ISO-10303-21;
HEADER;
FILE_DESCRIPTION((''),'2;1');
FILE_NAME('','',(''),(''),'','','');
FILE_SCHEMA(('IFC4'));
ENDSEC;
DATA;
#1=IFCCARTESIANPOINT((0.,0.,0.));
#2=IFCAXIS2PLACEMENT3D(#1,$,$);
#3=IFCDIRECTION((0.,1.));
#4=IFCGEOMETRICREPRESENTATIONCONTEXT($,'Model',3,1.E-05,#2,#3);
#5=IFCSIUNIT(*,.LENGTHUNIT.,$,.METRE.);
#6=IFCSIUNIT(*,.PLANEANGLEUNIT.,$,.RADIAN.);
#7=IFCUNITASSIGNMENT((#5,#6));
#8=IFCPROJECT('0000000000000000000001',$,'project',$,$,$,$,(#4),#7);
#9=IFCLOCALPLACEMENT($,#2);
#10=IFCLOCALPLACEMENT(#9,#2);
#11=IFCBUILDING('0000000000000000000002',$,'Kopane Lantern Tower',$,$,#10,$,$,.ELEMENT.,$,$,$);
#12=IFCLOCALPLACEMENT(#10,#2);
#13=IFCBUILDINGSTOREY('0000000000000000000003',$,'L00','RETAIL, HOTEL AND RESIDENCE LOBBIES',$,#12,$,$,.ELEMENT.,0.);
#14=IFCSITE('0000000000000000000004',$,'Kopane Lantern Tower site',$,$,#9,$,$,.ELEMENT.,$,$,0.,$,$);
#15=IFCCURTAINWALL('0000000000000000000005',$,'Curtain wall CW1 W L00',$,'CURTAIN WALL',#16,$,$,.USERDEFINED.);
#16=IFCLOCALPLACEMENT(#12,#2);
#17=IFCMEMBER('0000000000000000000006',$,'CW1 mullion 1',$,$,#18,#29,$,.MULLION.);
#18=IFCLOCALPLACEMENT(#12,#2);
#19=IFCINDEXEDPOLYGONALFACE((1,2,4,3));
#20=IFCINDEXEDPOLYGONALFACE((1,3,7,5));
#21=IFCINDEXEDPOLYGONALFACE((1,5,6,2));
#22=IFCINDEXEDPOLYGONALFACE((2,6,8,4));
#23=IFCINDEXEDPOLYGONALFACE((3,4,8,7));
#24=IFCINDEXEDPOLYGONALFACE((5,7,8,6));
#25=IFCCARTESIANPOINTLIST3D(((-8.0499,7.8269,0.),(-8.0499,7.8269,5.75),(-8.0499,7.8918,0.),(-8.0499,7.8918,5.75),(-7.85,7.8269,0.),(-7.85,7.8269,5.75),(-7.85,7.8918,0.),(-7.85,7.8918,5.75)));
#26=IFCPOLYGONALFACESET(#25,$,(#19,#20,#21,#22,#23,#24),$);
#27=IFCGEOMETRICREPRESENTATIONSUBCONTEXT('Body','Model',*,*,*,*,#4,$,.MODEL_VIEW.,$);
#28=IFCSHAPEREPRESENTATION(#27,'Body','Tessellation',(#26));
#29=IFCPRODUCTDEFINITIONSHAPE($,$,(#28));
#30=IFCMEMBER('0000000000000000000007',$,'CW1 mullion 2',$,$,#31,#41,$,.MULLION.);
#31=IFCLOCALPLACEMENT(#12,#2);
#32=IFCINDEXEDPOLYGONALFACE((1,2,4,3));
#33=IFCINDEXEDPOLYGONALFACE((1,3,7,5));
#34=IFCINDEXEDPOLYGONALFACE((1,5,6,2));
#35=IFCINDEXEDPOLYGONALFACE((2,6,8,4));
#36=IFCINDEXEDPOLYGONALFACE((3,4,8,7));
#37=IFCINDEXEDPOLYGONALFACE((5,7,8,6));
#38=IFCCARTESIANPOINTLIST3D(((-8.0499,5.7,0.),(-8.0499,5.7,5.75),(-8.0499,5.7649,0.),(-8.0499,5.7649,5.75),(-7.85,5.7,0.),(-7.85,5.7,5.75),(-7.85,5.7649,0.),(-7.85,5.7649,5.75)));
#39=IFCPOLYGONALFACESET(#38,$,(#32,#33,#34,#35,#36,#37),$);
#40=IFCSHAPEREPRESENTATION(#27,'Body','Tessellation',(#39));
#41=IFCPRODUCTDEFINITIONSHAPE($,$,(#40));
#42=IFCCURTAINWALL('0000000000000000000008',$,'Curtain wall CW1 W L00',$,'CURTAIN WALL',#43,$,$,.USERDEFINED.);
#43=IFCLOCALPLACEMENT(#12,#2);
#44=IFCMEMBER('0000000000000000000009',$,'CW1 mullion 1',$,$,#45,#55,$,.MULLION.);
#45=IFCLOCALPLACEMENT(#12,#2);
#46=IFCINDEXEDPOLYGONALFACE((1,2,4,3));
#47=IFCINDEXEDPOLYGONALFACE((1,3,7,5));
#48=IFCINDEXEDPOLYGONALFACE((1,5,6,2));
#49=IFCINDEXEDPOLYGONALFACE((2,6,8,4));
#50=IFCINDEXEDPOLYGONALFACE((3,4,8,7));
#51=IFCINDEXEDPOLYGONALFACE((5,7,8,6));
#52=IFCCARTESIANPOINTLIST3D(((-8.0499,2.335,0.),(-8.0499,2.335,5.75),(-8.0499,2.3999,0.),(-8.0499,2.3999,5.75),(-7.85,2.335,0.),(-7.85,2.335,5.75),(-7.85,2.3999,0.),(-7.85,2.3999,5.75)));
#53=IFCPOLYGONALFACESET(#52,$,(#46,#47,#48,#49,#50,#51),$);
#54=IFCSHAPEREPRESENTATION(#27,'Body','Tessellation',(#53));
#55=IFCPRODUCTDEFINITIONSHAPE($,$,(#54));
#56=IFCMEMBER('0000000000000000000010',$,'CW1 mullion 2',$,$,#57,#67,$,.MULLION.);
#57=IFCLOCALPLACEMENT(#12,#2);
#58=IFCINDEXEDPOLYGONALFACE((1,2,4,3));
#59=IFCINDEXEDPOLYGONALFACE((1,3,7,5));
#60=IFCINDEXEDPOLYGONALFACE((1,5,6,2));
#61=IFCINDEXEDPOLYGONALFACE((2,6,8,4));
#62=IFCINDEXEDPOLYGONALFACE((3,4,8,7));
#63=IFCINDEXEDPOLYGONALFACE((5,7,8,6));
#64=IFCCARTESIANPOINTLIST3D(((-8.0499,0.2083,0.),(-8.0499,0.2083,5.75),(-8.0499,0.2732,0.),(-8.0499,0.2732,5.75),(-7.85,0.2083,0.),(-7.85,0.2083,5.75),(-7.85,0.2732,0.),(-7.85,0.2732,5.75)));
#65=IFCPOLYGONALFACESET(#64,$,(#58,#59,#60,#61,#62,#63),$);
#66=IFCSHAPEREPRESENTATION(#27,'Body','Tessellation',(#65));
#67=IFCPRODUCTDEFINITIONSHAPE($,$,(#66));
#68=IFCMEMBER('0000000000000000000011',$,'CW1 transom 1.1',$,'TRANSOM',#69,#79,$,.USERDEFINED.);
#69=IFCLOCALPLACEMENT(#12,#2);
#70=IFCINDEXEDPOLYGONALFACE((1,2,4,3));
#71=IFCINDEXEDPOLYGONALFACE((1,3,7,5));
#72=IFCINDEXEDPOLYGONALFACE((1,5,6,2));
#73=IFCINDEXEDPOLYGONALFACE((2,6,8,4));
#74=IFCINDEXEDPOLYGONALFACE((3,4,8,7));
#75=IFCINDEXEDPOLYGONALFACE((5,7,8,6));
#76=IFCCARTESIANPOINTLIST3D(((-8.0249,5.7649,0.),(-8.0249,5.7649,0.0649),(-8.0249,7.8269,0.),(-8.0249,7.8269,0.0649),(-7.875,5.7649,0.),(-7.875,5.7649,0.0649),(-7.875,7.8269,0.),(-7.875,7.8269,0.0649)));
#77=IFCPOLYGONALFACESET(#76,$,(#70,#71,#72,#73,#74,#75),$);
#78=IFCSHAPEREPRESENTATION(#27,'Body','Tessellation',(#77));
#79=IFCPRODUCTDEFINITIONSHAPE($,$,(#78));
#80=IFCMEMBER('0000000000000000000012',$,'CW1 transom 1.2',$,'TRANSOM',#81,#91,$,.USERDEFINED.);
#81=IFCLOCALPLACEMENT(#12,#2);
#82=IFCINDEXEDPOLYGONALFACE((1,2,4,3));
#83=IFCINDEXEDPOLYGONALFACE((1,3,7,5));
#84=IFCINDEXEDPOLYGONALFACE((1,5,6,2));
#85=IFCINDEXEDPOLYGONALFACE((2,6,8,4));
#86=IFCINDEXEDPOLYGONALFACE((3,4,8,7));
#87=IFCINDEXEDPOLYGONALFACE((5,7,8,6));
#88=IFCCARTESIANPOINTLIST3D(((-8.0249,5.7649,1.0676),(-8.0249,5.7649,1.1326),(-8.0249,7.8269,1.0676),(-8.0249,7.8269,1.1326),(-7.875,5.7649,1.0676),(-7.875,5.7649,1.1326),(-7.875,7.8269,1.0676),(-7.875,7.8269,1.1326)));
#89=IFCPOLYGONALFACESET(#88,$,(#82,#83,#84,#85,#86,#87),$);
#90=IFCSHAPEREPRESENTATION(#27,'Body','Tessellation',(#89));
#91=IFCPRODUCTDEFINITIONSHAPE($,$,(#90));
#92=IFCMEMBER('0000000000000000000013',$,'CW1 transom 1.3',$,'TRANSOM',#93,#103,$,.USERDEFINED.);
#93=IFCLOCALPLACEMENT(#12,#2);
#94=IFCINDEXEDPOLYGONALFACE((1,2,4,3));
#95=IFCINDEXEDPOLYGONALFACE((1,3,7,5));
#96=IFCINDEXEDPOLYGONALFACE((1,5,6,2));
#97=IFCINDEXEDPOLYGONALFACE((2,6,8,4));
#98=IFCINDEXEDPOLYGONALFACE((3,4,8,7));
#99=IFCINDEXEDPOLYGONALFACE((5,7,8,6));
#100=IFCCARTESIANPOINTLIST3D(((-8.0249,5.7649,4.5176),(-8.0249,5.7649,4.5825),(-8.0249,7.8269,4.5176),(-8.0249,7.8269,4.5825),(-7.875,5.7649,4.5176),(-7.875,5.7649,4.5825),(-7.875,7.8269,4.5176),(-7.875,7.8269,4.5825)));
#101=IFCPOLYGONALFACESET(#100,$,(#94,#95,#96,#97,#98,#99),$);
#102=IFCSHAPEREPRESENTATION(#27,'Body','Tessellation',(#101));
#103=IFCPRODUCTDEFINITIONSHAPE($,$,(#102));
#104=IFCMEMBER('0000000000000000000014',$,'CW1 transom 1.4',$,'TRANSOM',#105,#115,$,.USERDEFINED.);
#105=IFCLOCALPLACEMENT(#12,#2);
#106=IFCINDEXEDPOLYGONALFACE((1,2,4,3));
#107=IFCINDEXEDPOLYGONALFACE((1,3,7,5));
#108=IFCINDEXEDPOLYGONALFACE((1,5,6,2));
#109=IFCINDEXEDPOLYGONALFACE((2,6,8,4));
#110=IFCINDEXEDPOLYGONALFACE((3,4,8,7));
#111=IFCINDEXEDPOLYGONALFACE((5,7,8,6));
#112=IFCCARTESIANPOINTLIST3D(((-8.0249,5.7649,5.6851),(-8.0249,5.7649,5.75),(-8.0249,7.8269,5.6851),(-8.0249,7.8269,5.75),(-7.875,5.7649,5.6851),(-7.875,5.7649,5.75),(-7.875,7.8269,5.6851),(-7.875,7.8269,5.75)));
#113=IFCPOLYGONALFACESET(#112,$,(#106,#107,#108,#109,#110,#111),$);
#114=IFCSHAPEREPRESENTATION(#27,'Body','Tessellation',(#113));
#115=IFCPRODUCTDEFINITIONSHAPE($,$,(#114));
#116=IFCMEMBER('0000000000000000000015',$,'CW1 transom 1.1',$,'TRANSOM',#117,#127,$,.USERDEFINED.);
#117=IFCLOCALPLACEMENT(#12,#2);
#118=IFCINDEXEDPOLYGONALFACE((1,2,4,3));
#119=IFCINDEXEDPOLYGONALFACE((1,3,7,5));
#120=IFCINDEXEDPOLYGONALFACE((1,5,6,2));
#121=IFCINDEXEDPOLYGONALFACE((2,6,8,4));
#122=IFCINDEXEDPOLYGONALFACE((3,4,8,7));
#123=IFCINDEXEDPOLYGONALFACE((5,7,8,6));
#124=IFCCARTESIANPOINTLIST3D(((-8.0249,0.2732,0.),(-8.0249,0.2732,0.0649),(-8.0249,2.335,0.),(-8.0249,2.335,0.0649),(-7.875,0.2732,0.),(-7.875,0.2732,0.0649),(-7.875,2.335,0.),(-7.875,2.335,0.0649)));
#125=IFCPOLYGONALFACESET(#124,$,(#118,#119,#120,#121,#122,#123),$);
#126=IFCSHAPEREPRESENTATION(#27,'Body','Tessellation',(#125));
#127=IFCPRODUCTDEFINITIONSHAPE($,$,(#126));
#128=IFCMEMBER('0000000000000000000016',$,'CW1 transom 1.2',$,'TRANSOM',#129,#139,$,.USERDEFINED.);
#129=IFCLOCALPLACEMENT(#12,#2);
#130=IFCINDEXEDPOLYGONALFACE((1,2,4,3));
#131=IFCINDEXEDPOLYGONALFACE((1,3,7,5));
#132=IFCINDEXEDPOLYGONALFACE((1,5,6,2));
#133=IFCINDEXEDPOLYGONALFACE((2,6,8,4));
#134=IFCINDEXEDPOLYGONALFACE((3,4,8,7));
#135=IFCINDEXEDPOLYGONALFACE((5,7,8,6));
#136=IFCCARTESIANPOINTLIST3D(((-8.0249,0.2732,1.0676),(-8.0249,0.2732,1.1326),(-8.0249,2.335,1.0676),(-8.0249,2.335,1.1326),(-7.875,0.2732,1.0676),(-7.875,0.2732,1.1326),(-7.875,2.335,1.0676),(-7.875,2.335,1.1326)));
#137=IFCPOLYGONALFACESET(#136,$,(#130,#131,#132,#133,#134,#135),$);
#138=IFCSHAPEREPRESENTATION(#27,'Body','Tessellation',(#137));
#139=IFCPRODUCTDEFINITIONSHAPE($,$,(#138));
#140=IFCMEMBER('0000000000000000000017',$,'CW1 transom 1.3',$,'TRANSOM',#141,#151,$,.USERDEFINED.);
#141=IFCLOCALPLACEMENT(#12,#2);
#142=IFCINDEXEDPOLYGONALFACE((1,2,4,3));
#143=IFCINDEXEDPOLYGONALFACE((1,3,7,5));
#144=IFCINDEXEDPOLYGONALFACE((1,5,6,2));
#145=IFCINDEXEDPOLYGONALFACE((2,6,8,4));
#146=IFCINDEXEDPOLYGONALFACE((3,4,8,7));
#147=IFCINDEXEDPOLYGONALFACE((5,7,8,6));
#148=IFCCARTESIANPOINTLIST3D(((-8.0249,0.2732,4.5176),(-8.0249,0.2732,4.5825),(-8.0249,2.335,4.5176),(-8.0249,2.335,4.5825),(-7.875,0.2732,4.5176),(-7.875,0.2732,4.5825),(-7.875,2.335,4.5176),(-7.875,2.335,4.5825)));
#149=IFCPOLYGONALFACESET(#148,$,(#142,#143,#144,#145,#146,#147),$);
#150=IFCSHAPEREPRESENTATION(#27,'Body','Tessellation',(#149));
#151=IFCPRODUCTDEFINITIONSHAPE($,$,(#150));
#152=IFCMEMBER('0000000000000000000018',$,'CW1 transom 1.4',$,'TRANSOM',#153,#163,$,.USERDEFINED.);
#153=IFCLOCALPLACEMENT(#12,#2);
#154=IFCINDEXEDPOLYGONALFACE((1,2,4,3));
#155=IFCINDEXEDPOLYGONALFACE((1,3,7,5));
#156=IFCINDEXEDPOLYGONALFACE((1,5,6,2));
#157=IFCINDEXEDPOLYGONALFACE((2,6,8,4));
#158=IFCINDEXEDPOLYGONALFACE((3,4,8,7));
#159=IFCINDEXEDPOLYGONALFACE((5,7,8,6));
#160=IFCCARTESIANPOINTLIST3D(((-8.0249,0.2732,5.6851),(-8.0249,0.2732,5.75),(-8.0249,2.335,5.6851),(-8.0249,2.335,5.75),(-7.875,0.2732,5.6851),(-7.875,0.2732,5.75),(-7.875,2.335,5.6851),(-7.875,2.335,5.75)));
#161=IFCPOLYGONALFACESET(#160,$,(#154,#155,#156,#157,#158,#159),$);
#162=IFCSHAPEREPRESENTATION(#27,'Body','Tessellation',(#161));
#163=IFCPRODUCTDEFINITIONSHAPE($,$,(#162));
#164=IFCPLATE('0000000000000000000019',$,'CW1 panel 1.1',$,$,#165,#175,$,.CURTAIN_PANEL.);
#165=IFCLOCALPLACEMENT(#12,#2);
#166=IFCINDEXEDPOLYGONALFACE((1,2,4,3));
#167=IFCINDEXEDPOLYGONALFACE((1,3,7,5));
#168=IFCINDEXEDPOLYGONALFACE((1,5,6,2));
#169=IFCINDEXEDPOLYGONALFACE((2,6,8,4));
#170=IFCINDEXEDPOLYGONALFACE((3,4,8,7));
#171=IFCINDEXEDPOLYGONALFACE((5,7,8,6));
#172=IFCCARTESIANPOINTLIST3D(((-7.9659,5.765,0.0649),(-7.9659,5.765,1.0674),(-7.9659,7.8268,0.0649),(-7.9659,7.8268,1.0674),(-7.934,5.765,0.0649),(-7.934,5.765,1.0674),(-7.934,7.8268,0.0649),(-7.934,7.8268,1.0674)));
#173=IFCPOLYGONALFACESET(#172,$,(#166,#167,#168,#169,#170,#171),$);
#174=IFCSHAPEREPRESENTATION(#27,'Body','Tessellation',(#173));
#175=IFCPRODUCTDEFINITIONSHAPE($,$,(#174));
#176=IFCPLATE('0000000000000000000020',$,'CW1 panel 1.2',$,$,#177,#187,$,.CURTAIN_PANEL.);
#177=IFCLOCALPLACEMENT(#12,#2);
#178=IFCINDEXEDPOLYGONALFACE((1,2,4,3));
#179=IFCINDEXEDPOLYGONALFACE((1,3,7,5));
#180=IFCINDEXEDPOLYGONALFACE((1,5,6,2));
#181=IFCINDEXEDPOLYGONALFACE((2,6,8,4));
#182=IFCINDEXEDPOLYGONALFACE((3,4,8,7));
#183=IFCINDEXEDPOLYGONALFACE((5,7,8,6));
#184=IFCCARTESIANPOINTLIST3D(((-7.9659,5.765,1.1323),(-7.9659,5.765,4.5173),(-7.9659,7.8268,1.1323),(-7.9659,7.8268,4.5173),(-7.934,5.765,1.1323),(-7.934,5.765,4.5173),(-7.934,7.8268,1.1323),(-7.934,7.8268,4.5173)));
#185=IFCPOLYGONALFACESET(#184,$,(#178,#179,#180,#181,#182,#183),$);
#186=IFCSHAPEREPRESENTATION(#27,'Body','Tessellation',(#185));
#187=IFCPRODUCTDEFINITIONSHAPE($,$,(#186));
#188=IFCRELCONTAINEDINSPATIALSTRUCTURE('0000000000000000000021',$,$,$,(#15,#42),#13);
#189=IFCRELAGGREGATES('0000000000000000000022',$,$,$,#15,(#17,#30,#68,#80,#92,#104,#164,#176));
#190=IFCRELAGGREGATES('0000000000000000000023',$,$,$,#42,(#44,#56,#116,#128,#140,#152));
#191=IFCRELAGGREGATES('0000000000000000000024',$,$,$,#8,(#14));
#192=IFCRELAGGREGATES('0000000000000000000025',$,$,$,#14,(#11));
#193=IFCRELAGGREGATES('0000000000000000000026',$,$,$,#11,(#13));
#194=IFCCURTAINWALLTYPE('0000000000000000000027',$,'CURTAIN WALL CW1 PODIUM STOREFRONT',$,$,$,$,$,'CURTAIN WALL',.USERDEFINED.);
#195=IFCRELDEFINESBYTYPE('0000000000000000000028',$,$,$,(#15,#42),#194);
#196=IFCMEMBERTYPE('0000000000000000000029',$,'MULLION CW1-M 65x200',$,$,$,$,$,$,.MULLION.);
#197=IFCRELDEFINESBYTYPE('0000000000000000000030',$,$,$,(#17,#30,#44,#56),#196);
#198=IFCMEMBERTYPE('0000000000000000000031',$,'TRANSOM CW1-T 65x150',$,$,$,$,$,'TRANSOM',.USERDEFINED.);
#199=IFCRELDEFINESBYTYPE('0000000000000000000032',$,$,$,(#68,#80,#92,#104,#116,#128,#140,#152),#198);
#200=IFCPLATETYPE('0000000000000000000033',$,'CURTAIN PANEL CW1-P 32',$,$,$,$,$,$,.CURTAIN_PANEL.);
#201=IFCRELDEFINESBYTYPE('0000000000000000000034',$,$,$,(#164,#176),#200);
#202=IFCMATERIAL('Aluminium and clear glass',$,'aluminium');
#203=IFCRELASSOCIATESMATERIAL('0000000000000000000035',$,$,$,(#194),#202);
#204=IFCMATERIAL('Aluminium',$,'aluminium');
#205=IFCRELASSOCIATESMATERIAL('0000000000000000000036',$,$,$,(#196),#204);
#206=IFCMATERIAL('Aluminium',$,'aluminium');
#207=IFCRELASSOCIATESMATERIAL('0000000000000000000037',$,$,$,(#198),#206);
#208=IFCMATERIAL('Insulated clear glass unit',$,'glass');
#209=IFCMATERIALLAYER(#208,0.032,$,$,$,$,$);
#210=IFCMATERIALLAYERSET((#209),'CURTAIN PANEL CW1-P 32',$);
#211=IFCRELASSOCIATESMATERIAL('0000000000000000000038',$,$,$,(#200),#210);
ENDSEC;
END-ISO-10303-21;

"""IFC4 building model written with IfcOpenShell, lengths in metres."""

from ifc_helpers import new_model, si_unit, direction, frame, origin, origin_2d, place, context, subcontext, project, spatial, rectangle, extrude, material, layer, layer_set, material_profile, profile_set, type_object, element, aggregate, save


model = new_model("IFC4")

# Units and contexts
model_context = context("Model", 3, precision=1e-05, world=origin(), true_north=direction((0.0, 1.0)))
body_context = subcontext(model_context, "Body", "Model", "MODEL_VIEW")
ifc_project = project(units=[si_unit("LENGTHUNIT", "METRE"), si_unit("PLANEANGLEUNIT", "RADIAN")], contexts=[model_context])

# Site, building, storey
site_placement = place(None, origin())
site = spatial("IfcSite", under=ifc_project, at=site_placement, Name="Kopane Lantern Tower site", CompositionType="ELEMENT", RefElevation=0.0)
building_placement = place(site_placement, origin())
building = spatial("IfcBuilding", under=site, at=building_placement, Name="Kopane Lantern Tower", CompositionType="ELEMENT")
storey_placement = place(building_placement, origin())
storey = spatial("IfcBuildingStorey", under=building, at=storey_placement, Name="L00", Description="RETAIL, HOTEL AND RESIDENCE LOBBIES", CompositionType="ELEMENT", Elevation=0.0)

# Curtain walls, members
ifc_material_1 = material(Name="Aluminium and clear glass", Category="aluminium")
curtain_wall_type = type_object("IfcCurtainWallType", Name="CURTAIN WALL CW1 PODIUM STOREFRONT", ElementType="CURTAIN WALL", PredefinedType="USERDEFINED", material=ifc_material_1)
curtain_wall_1_placement = place(storey_placement, origin())
curtain_wall_1 = element("IfcCurtainWall", 1, at=curtain_wall_1_placement, inside=storey, type_object=curtain_wall_type, Name="Curtain wall CW1 W L00", ObjectType="CURTAIN WALL", PredefinedType="USERDEFINED")
ifc_material_2 = material(Name="Aluminium", Category="aluminium")
ifc_material_profile_1 = material_profile(ifc_material_2, rectangle(XDim=0.0649, YDim=0.2, at=origin_2d()), Name="AL 65x200")
ifc_profile_set_1 = profile_set([ifc_material_profile_1], Name="Aluminium")
member_type_1 = type_object("IfcMemberType", Name="MULLION CW1-M 65x200", PredefinedType="MULLION", material=ifc_profile_set_1)
member_1_placement = place(storey_placement, frame((-7.95, 7.8594, 0.0), z_axis=(0.0, 0.0, 1.0), x_axis=(0.0, -1.0, 0.0)))
member_1 = element("IfcMember", 2, at=member_1_placement, type_object=member_type_1, Name="CW1 mullion 1", PredefinedType="MULLION", context=body_context, shape_type="SweptSolid", body=[
    extrude(rectangle(XDim=0.0649, YDim=0.2, at=origin_2d()), origin(), (0.0, 0.0, 1.0), 5.75),
])
member_2_placement = place(storey_placement, frame((-7.95, 5.7324, 0.0), z_axis=(0.0, 0.0, 1.0), x_axis=(0.0, -1.0, 0.0)))
member_2 = element("IfcMember", 3, at=member_2_placement, type_object=member_type_1, Name="CW1 mullion 2", PredefinedType="MULLION", context=body_context, shape_type="SweptSolid", body=[
    extrude(rectangle(XDim=0.0649, YDim=0.2, at=origin_2d()), origin(), (0.0, 0.0, 1.0), 5.75),
])
curtain_wall_2_placement = place(storey_placement, origin())
curtain_wall_2 = element("IfcCurtainWall", 4, at=curtain_wall_2_placement, inside=storey, type_object=curtain_wall_type, Name="Curtain wall CW1 W L00", ObjectType="CURTAIN WALL", PredefinedType="USERDEFINED")
member_3_placement = place(storey_placement, frame((-7.95, 2.3674, 0.0), z_axis=(0.0, 0.0, 1.0), x_axis=(0.0, -1.0, 0.0)))
member_3 = element("IfcMember", 5, at=member_3_placement, type_object=member_type_1, Name="CW1 mullion 1", PredefinedType="MULLION", context=body_context, shape_type="SweptSolid", body=[
    extrude(rectangle(XDim=0.0649, YDim=0.2, at=origin_2d()), origin(), (0.0, 0.0, 1.0), 5.75),
])
member_4_placement = place(storey_placement, frame((-7.95, 0.2407, 0.0), z_axis=(0.0, 0.0, 1.0), x_axis=(0.0, -1.0, 0.0)))
member_4 = element("IfcMember", 6, at=member_4_placement, type_object=member_type_1, Name="CW1 mullion 2", PredefinedType="MULLION", context=body_context, shape_type="SweptSolid", body=[
    extrude(rectangle(XDim=0.0649, YDim=0.2, at=origin_2d()), origin(), (0.0, 0.0, 1.0), 5.75),
])

# Members
ifc_material_3 = material(Name="Aluminium", Category="aluminium")
ifc_material_profile_2 = material_profile(ifc_material_3, rectangle(XDim=0.1499, YDim=0.0649, at=origin_2d()), Name="AL 150x65")
ifc_profile_set_2 = profile_set([ifc_material_profile_2], Name="Aluminium")
member_type_2 = type_object("IfcMemberType", Name="TRANSOM CW1-T 65x150", ElementType="TRANSOM", PredefinedType="USERDEFINED", material=ifc_profile_set_2)
member_5_placement = place(storey_placement, frame((-7.95, 7.8269, 0.0325), z_axis=(0.0, -1.0, 0.0), x_axis=(1.0, 0.0, 0.0)))
member_5 = element("IfcMember", 7, at=member_5_placement, type_object=member_type_2, Name="CW1 transom 1.1", ObjectType="TRANSOM", PredefinedType="USERDEFINED", context=body_context, shape_type="SweptSolid", body=[
    extrude(rectangle(XDim=0.1499, YDim=0.0649, at=origin_2d()), origin(), (0.0, 0.0, 1.0), 2.062),
])
member_6_placement = place(storey_placement, frame((-7.95, 7.8269, 1.1001), z_axis=(0.0, -1.0, 0.0), x_axis=(1.0, 0.0, 0.0)))
member_6 = element("IfcMember", 8, at=member_6_placement, type_object=member_type_2, Name="CW1 transom 1.2", ObjectType="TRANSOM", PredefinedType="USERDEFINED", context=body_context, shape_type="SweptSolid", body=[
    extrude(rectangle(XDim=0.1499, YDim=0.0649, at=origin_2d()), origin(), (0.0, 0.0, 1.0), 2.062),
])
member_7_placement = place(storey_placement, frame((-7.95, 7.8269, 4.55), z_axis=(0.0, -1.0, 0.0), x_axis=(1.0, 0.0, 0.0)))
member_7 = element("IfcMember", 9, at=member_7_placement, type_object=member_type_2, Name="CW1 transom 1.3", ObjectType="TRANSOM", PredefinedType="USERDEFINED", context=body_context, shape_type="SweptSolid", body=[
    extrude(rectangle(XDim=0.1499, YDim=0.0649, at=origin_2d()), origin(), (0.0, 0.0, 1.0), 2.062),
])
member_8_placement = place(storey_placement, frame((-7.95, 7.8269, 5.7175), z_axis=(0.0, -1.0, 0.0), x_axis=(1.0, 0.0, 0.0)))
member_8 = element("IfcMember", 10, at=member_8_placement, type_object=member_type_2, Name="CW1 transom 1.4", ObjectType="TRANSOM", PredefinedType="USERDEFINED", context=body_context, shape_type="SweptSolid", body=[
    extrude(rectangle(XDim=0.1499, YDim=0.0649, at=origin_2d()), origin(), (0.0, 0.0, 1.0), 2.062),
])
member_9_placement = place(storey_placement, frame((-7.95, 2.335, 0.0325), z_axis=(0.0, -1.0, 0.0), x_axis=(1.0, 0.0, 0.0)))
member_9 = element("IfcMember", 11, at=member_9_placement, type_object=member_type_2, Name="CW1 transom 1.1", ObjectType="TRANSOM", PredefinedType="USERDEFINED", context=body_context, shape_type="SweptSolid", body=[
    extrude(rectangle(XDim=0.1499, YDim=0.0649, at=origin_2d()), origin(), (0.0, 0.0, 1.0), 2.0618),
])
member_10_placement = place(storey_placement, frame((-7.95, 2.335, 1.1001), z_axis=(0.0, -1.0, 0.0), x_axis=(1.0, 0.0, 0.0)))
member_10 = element("IfcMember", 12, at=member_10_placement, type_object=member_type_2, Name="CW1 transom 1.2", ObjectType="TRANSOM", PredefinedType="USERDEFINED", context=body_context, shape_type="SweptSolid", body=[
    extrude(rectangle(XDim=0.1499, YDim=0.0649, at=origin_2d()), origin(), (0.0, 0.0, 1.0), 2.0618),
])
member_11_placement = place(storey_placement, frame((-7.95, 2.335, 4.55), z_axis=(0.0, -1.0, 0.0), x_axis=(1.0, 0.0, 0.0)))
member_11 = element("IfcMember", 13, at=member_11_placement, type_object=member_type_2, Name="CW1 transom 1.3", ObjectType="TRANSOM", PredefinedType="USERDEFINED", context=body_context, shape_type="SweptSolid", body=[
    extrude(rectangle(XDim=0.1499, YDim=0.0649, at=origin_2d()), origin(), (0.0, 0.0, 1.0), 2.0618),
])
member_12_placement = place(storey_placement, frame((-7.95, 2.335, 5.7175), z_axis=(0.0, -1.0, 0.0), x_axis=(1.0, 0.0, 0.0)))
member_12 = element("IfcMember", 14, at=member_12_placement, type_object=member_type_2, Name="CW1 transom 1.4", ObjectType="TRANSOM", PredefinedType="USERDEFINED", context=body_context, shape_type="SweptSolid", body=[
    extrude(rectangle(XDim=0.1499, YDim=0.0649, at=origin_2d()), origin(), (0.0, 0.0, 1.0), 2.0618),
])

# Plates
ifc_material_4 = material(Name="Insulated clear glass unit", Category="glass")
ifc_layer_1 = layer(ifc_material_4, 0.032)
ifc_layer_set_1 = layer_set([ifc_layer_1], Name="CURTAIN PANEL CW1-P 32")
plate_type = type_object("IfcPlateType", Name="CURTAIN PANEL CW1-P 32", PredefinedType="CURTAIN_PANEL", material=ifc_layer_set_1)
plate_1_placement = place(storey_placement, frame((-7.95, 6.7959, 0.0649), z_axis=(0.0, 0.0, 1.0), x_axis=(0.0, -1.0, 0.0)))
plate_1 = element("IfcPlate", 15, at=plate_1_placement, type_object=plate_type, Name="CW1 panel 1.1", PredefinedType="CURTAIN_PANEL", context=body_context, shape_type="SweptSolid", body=[
    extrude(rectangle(XDim=2.0618, YDim=0.032, at=origin_2d()), origin(), (0.0, 0.0, 1.0), 1.0024),
])
plate_2_placement = place(storey_placement, frame((-7.95, 6.7959, 1.1323), z_axis=(0.0, 0.0, 1.0), x_axis=(0.0, -1.0, 0.0)))
plate_2 = element("IfcPlate", 16, at=plate_2_placement, type_object=plate_type, Name="CW1 panel 1.2", PredefinedType="CURTAIN_PANEL", context=body_context, shape_type="SweptSolid", body=[
    extrude(rectangle(XDim=2.0618, YDim=0.032, at=origin_2d()), origin(), (0.0, 0.0, 1.0), 3.385),
])
aggregate(curtain_wall_1, [member_1, member_2, member_5, member_6, member_7, member_8, plate_1, plate_2])
aggregate(curtain_wall_2, [member_3, member_4, member_9, member_10, member_11, member_12])

save(model, "model.ifc")
